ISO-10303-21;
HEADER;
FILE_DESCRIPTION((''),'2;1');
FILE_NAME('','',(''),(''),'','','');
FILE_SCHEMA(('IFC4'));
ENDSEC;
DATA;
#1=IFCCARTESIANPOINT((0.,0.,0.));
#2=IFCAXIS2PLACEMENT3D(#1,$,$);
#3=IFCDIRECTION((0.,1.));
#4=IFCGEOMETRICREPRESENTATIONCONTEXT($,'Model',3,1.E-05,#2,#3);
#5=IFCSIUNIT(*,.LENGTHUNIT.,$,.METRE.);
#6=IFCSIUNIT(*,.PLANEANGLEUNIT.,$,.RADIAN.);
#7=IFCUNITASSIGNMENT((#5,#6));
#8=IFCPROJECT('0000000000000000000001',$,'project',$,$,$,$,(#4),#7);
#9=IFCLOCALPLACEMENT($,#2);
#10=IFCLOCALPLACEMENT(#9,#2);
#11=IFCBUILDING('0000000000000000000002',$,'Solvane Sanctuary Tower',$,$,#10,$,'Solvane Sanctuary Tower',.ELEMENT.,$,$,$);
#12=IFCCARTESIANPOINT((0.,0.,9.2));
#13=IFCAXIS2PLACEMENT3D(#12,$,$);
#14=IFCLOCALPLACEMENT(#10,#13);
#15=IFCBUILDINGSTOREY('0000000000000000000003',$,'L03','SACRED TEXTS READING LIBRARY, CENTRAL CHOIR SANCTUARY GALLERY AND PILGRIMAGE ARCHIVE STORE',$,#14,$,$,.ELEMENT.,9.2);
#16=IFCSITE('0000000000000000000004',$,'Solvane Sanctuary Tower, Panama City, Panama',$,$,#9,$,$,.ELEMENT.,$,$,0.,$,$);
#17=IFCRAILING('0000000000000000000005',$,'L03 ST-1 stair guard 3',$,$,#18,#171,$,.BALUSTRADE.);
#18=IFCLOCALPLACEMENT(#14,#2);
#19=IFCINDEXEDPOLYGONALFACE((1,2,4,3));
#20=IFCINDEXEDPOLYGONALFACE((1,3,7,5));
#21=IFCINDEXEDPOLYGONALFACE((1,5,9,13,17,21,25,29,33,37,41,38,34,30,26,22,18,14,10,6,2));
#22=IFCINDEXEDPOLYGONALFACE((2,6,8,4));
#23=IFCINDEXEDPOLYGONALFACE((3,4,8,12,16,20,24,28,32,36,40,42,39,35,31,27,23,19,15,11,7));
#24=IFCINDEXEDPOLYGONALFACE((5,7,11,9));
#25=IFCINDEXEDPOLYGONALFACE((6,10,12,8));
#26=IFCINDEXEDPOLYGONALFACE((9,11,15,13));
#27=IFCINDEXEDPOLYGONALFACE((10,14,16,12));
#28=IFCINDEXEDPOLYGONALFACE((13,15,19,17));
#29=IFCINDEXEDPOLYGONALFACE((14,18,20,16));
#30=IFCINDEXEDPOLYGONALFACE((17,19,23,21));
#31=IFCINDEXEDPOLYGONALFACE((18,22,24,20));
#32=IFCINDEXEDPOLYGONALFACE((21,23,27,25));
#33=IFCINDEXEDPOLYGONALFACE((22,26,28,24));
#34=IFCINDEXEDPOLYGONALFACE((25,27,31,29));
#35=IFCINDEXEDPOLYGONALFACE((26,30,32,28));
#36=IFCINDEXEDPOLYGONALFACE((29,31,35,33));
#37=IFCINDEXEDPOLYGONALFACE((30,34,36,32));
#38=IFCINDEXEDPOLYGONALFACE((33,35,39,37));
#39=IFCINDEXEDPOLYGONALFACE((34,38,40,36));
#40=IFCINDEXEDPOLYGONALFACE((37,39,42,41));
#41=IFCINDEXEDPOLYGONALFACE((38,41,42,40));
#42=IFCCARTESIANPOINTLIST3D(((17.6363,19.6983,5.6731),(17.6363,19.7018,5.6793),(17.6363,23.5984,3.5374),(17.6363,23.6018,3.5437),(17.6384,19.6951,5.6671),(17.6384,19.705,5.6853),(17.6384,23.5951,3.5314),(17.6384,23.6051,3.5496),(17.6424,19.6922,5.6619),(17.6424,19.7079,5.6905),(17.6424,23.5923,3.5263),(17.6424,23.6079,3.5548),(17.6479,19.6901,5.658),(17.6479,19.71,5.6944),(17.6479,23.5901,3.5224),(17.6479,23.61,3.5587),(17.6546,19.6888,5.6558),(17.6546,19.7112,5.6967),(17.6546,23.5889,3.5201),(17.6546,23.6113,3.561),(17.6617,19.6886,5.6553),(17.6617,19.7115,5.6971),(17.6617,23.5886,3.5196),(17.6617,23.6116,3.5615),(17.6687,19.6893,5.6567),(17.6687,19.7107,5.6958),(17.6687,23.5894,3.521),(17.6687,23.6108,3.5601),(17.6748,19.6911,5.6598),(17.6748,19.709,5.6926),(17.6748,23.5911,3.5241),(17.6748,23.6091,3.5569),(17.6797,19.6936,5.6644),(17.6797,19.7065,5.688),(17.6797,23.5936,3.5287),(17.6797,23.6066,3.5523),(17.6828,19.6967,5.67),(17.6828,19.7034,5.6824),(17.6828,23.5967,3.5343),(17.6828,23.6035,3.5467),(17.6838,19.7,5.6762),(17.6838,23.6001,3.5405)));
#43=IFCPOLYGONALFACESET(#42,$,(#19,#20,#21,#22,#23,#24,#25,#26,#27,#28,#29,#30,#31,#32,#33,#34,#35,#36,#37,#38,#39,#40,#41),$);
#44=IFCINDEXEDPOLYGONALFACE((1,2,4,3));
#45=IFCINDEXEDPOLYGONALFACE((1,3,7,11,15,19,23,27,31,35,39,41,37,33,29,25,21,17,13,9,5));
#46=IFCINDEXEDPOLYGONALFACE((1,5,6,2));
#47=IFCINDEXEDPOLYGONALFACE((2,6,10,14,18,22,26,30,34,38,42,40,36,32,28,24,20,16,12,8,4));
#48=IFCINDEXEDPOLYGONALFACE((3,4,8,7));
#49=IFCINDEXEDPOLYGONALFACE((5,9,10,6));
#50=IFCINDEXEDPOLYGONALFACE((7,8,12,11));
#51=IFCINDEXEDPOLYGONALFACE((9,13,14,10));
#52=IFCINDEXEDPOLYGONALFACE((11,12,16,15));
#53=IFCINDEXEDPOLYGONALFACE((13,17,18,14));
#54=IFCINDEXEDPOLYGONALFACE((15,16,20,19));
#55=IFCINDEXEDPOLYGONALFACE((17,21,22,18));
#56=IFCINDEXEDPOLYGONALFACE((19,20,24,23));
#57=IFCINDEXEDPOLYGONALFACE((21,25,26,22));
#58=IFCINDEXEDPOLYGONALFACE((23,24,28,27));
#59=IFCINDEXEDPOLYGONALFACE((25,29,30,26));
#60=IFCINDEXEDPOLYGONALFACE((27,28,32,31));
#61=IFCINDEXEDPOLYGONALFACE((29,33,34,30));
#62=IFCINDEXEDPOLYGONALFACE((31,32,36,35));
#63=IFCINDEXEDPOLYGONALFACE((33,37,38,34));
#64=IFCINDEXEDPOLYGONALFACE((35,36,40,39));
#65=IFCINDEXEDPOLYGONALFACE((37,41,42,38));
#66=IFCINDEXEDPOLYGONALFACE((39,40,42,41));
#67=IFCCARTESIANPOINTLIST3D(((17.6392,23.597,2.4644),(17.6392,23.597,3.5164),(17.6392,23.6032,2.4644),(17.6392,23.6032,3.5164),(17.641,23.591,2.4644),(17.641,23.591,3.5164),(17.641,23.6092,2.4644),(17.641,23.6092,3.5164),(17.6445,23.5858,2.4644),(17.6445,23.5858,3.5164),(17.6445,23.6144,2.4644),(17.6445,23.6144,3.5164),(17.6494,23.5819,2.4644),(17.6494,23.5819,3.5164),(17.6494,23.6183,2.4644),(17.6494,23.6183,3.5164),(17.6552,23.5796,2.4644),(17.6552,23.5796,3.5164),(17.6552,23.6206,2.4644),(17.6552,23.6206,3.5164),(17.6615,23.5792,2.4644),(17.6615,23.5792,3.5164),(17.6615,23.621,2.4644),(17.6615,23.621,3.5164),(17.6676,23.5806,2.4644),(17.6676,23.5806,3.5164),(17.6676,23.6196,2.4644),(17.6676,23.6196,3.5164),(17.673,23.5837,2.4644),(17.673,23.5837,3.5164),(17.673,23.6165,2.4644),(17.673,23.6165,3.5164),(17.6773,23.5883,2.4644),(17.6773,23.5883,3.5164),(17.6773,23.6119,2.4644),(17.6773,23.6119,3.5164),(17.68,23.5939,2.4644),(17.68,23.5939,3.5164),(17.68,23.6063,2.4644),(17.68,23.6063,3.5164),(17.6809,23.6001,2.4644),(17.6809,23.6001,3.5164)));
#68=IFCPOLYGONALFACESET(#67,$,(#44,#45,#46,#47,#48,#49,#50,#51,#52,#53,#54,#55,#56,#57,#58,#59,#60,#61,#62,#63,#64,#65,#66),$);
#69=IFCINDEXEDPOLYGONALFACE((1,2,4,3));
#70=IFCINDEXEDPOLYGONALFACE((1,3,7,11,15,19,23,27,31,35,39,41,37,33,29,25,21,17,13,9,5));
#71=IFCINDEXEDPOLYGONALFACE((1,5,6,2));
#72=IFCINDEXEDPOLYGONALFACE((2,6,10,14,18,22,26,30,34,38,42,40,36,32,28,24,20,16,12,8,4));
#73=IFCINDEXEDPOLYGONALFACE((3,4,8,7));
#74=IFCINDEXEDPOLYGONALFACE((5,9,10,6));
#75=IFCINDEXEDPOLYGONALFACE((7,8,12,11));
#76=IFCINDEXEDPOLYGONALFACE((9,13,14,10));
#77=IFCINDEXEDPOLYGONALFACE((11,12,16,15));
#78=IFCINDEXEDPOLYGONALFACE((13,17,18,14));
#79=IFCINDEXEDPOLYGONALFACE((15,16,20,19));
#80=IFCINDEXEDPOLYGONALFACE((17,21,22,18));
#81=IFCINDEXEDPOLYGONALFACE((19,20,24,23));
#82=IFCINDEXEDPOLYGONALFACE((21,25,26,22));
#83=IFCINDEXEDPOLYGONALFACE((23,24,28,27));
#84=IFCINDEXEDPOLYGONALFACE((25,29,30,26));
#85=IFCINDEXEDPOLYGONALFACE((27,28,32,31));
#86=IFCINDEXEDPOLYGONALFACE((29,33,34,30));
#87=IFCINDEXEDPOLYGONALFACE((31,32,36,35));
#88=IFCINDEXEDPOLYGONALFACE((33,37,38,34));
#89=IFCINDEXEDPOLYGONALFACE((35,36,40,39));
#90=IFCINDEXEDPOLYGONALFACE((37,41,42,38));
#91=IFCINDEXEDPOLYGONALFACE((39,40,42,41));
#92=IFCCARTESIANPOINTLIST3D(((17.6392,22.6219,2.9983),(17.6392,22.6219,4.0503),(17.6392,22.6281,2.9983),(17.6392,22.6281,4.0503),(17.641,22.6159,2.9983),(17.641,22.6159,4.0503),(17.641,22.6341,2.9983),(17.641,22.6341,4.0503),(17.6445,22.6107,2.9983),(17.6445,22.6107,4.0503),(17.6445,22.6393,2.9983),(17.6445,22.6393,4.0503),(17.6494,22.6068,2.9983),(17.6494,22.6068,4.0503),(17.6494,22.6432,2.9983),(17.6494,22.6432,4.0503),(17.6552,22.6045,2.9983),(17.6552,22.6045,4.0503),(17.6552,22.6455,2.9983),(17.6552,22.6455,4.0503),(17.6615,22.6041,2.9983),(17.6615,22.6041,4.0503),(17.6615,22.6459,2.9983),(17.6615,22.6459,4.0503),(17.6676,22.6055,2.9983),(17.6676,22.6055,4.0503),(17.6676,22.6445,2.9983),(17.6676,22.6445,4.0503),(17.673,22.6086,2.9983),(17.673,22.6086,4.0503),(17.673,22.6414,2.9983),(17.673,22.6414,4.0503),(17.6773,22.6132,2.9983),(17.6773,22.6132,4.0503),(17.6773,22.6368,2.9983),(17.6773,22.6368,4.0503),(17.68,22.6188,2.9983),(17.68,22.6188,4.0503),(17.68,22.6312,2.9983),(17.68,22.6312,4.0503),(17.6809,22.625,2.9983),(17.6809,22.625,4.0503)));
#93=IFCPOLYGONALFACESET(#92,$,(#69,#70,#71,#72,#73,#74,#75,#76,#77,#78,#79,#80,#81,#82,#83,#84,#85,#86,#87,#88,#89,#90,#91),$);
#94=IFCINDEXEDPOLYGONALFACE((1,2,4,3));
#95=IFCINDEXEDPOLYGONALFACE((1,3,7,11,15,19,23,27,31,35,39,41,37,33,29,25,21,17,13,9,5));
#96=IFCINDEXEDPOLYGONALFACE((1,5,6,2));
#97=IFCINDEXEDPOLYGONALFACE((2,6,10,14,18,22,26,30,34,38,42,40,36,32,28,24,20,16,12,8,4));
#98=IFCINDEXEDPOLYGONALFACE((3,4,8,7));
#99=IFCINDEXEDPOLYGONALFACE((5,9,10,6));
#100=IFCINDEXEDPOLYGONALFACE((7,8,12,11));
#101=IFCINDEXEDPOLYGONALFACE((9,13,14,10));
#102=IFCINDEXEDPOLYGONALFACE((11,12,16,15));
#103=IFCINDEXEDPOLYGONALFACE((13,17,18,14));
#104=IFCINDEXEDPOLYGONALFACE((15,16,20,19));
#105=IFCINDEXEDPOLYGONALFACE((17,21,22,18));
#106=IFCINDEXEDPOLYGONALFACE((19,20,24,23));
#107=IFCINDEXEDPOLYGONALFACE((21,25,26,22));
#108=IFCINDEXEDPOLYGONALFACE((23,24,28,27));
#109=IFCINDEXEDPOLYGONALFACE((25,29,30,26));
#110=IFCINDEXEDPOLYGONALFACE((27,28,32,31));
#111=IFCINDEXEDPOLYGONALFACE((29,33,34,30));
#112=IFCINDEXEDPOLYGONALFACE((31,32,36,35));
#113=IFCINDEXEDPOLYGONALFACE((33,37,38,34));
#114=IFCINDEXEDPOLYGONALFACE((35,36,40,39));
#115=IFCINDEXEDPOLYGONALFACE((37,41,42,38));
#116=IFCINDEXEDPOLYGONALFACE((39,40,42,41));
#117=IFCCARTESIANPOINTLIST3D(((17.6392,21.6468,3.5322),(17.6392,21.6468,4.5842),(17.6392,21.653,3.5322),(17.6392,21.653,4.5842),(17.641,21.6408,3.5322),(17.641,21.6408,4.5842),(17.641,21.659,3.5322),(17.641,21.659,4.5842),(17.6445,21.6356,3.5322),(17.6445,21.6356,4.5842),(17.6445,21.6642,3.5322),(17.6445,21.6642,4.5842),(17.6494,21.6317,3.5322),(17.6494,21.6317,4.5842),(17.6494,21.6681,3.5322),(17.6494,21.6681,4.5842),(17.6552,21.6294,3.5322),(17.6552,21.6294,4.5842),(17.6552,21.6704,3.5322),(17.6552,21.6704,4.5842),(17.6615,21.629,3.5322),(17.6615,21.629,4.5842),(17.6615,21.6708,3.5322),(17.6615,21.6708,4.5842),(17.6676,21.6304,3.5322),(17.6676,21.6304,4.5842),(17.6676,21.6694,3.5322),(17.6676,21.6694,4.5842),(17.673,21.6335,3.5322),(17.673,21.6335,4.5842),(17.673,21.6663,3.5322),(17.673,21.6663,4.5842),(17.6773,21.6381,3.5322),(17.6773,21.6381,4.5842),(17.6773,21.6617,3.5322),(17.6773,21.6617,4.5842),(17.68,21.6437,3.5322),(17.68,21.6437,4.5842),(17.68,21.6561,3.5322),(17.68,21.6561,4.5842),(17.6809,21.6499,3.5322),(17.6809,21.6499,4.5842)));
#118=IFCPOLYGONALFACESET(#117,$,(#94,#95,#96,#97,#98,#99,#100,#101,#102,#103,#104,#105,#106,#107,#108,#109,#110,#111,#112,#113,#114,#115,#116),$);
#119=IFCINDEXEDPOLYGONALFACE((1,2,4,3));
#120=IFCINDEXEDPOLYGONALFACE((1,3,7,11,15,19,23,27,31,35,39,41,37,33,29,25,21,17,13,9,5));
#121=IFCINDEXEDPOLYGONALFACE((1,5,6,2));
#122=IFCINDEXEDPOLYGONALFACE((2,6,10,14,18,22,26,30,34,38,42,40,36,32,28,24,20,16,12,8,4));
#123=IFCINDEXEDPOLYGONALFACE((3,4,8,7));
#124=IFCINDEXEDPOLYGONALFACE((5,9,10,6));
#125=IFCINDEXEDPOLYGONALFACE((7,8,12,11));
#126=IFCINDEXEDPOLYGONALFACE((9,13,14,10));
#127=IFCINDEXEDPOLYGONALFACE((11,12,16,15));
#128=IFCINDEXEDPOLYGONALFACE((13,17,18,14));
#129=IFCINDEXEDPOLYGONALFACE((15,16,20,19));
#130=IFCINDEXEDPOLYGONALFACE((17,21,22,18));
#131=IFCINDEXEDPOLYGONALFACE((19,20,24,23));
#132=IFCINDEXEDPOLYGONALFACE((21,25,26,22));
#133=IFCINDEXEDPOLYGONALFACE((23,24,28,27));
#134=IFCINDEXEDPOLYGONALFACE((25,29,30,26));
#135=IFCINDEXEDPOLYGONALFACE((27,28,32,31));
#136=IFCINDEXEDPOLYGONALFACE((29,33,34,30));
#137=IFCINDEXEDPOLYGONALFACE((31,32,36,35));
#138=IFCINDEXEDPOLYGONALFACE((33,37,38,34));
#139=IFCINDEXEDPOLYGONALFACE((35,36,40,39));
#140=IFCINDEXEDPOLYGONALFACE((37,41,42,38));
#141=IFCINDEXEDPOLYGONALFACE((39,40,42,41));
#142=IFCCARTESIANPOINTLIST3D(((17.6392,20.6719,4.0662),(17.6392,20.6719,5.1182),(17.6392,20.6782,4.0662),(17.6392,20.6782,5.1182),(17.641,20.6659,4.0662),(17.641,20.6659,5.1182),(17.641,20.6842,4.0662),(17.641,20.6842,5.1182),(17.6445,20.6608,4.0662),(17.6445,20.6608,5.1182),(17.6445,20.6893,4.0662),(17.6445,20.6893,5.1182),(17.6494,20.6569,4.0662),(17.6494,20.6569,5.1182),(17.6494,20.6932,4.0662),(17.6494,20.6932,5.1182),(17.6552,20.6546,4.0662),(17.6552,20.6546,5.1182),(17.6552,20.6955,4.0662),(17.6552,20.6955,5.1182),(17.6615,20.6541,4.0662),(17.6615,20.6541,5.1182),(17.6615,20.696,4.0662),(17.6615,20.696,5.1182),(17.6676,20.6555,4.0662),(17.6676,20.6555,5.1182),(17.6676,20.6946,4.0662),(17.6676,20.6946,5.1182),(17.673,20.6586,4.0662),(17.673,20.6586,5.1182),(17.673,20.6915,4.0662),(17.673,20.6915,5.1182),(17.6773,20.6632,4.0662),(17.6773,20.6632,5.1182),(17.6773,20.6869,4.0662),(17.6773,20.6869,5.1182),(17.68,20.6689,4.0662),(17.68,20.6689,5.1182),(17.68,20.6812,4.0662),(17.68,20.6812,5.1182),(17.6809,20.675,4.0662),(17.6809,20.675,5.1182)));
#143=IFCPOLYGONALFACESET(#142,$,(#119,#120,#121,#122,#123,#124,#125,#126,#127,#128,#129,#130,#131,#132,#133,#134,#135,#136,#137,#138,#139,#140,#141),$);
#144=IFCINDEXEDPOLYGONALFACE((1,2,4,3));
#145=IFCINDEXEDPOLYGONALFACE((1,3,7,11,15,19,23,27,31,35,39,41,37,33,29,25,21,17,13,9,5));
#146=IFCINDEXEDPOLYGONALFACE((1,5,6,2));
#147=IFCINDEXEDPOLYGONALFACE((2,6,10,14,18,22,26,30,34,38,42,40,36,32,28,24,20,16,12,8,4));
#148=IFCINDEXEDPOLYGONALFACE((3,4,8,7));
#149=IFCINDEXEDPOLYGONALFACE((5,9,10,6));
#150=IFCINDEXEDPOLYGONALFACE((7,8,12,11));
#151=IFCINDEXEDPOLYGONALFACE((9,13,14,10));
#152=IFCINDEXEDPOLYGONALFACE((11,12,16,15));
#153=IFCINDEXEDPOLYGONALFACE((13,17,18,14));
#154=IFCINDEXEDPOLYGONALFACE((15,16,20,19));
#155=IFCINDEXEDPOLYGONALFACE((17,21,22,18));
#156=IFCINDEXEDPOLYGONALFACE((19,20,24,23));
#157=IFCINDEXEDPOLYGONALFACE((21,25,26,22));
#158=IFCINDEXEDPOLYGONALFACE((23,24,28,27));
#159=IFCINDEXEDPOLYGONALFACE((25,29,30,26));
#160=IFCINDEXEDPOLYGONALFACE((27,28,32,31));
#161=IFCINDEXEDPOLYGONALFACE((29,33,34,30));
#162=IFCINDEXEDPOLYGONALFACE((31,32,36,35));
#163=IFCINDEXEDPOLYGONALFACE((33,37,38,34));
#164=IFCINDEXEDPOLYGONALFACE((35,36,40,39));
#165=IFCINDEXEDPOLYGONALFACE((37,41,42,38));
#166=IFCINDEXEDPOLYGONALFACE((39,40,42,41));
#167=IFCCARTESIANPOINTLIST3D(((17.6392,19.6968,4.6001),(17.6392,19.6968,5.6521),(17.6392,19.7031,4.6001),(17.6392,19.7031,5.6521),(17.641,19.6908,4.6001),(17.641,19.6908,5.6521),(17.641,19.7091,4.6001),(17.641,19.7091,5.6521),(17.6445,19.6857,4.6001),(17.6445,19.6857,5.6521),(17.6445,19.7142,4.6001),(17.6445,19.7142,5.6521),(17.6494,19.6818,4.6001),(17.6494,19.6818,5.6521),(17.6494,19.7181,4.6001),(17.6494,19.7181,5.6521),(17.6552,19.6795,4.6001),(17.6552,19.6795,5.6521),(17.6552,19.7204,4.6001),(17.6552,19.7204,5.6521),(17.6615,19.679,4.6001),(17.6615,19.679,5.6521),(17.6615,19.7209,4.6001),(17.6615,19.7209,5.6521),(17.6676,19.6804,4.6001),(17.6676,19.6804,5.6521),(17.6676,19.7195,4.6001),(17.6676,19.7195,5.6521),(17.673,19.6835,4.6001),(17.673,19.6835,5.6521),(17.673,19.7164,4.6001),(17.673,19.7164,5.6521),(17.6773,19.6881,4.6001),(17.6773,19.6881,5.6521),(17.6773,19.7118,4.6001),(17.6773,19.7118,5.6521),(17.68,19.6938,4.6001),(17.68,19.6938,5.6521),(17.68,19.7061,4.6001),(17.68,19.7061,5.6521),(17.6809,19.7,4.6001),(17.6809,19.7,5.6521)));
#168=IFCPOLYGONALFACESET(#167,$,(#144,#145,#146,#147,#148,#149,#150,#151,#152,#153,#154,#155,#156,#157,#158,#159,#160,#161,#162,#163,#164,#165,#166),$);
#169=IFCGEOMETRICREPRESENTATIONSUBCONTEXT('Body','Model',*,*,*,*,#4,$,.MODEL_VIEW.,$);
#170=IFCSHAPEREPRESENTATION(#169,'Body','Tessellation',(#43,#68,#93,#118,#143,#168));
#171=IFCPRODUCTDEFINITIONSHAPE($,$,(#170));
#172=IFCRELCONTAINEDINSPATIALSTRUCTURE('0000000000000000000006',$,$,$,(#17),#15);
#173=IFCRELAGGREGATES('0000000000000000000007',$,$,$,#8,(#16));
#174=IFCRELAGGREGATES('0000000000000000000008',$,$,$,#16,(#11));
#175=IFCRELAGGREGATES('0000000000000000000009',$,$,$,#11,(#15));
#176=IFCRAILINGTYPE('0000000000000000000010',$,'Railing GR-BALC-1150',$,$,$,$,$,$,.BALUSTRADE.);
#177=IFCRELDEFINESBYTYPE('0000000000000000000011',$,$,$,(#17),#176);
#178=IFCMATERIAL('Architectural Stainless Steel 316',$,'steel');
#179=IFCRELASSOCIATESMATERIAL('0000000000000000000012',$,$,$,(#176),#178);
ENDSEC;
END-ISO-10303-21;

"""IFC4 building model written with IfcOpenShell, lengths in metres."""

from ifc_helpers import new_model, si_unit, direction, frame, origin, origin_2d, place, context, subcontext, project, spatial, circle, extrude, material, type_object, element, save


model = new_model("IFC4")

# Units and contexts
model_context = context("Model", 3, precision=1e-05, world=origin(), true_north=direction((0.0, 1.0)))
body_context = subcontext(model_context, "Body", "Model", "MODEL_VIEW")
ifc_project = project(units=[si_unit("LENGTHUNIT", "METRE"), si_unit("PLANEANGLEUNIT", "RADIAN")], contexts=[model_context])

# Site, building, storey
site_placement = place(None, origin())
site = spatial("IfcSite", under=ifc_project, at=site_placement, Name="Solvane Sanctuary Tower, Panama City, Panama", CompositionType="ELEMENT", RefElevation=0.0)
building_placement = place(site_placement, origin())
building = spatial("IfcBuilding", under=site, at=building_placement, Name="Solvane Sanctuary Tower", LongName="Solvane Sanctuary Tower", CompositionType="ELEMENT")
storey_placement = place(building_placement, frame((0.0, 0.0, 9.2)))
storey = spatial("IfcBuildingStorey", under=building, at=storey_placement, Name="L03", Description="SACRED TEXTS READING LIBRARY, CENTRAL CHOIR SANCTUARY GALLERY AND PILGRIMAGE ARCHIVE STORE", CompositionType="ELEMENT", Elevation=9.2)

# Railing
ifc_material_1 = material(Name="Architectural Stainless Steel 316", Category="steel")
railing_type_1 = type_object("IfcRailingType", Name="Railing GR-BALC-1150", PredefinedType="BALUSTRADE", material=ifc_material_1)
railing_1_placement = place(storey_placement, frame((17.6599, 23.6001, 2.4644)))
element("IfcRailing", 1, at=railing_1_placement, inside=storey, type_object=railing_type_1, Name="L03 ST-1 stair guard 3", PredefinedType="BALUSTRADE", context=body_context, shape_type="SweptSolid", body=[
    extrude(circle(Radius=0.0239, at=origin_2d()), frame((0.0, 0.0, 1.0762), z_axis=(0.0, -0.877101, 0.480306), x_axis=(1.0, 0.0, 0.0)), (0.0, 0.0, 1.0), 4.4465),
    extrude(circle(Radius=0.021, at=origin_2d()), origin(), (0.0, 0.0, 1.0), 1.052),
    extrude(circle(Radius=0.021, at=origin_2d()), frame((0.0, -0.9751, 0.5339)), (0.0, 0.0, 1.0), 1.052),
    extrude(circle(Radius=0.021, at=origin_2d()), frame((0.0, -1.9502, 1.0679)), (0.0, 0.0, 1.0), 1.052),
    extrude(circle(Radius=0.021, at=origin_2d()), frame((0.0, -2.925, 1.6018)), (0.0, 0.0, 1.0), 1.052),
    extrude(circle(Radius=0.021, at=origin_2d()), frame((0.0, -3.9001, 2.1357)), (0.0, 0.0, 1.0), 1.052),
])

save(model, "model.ifc")
